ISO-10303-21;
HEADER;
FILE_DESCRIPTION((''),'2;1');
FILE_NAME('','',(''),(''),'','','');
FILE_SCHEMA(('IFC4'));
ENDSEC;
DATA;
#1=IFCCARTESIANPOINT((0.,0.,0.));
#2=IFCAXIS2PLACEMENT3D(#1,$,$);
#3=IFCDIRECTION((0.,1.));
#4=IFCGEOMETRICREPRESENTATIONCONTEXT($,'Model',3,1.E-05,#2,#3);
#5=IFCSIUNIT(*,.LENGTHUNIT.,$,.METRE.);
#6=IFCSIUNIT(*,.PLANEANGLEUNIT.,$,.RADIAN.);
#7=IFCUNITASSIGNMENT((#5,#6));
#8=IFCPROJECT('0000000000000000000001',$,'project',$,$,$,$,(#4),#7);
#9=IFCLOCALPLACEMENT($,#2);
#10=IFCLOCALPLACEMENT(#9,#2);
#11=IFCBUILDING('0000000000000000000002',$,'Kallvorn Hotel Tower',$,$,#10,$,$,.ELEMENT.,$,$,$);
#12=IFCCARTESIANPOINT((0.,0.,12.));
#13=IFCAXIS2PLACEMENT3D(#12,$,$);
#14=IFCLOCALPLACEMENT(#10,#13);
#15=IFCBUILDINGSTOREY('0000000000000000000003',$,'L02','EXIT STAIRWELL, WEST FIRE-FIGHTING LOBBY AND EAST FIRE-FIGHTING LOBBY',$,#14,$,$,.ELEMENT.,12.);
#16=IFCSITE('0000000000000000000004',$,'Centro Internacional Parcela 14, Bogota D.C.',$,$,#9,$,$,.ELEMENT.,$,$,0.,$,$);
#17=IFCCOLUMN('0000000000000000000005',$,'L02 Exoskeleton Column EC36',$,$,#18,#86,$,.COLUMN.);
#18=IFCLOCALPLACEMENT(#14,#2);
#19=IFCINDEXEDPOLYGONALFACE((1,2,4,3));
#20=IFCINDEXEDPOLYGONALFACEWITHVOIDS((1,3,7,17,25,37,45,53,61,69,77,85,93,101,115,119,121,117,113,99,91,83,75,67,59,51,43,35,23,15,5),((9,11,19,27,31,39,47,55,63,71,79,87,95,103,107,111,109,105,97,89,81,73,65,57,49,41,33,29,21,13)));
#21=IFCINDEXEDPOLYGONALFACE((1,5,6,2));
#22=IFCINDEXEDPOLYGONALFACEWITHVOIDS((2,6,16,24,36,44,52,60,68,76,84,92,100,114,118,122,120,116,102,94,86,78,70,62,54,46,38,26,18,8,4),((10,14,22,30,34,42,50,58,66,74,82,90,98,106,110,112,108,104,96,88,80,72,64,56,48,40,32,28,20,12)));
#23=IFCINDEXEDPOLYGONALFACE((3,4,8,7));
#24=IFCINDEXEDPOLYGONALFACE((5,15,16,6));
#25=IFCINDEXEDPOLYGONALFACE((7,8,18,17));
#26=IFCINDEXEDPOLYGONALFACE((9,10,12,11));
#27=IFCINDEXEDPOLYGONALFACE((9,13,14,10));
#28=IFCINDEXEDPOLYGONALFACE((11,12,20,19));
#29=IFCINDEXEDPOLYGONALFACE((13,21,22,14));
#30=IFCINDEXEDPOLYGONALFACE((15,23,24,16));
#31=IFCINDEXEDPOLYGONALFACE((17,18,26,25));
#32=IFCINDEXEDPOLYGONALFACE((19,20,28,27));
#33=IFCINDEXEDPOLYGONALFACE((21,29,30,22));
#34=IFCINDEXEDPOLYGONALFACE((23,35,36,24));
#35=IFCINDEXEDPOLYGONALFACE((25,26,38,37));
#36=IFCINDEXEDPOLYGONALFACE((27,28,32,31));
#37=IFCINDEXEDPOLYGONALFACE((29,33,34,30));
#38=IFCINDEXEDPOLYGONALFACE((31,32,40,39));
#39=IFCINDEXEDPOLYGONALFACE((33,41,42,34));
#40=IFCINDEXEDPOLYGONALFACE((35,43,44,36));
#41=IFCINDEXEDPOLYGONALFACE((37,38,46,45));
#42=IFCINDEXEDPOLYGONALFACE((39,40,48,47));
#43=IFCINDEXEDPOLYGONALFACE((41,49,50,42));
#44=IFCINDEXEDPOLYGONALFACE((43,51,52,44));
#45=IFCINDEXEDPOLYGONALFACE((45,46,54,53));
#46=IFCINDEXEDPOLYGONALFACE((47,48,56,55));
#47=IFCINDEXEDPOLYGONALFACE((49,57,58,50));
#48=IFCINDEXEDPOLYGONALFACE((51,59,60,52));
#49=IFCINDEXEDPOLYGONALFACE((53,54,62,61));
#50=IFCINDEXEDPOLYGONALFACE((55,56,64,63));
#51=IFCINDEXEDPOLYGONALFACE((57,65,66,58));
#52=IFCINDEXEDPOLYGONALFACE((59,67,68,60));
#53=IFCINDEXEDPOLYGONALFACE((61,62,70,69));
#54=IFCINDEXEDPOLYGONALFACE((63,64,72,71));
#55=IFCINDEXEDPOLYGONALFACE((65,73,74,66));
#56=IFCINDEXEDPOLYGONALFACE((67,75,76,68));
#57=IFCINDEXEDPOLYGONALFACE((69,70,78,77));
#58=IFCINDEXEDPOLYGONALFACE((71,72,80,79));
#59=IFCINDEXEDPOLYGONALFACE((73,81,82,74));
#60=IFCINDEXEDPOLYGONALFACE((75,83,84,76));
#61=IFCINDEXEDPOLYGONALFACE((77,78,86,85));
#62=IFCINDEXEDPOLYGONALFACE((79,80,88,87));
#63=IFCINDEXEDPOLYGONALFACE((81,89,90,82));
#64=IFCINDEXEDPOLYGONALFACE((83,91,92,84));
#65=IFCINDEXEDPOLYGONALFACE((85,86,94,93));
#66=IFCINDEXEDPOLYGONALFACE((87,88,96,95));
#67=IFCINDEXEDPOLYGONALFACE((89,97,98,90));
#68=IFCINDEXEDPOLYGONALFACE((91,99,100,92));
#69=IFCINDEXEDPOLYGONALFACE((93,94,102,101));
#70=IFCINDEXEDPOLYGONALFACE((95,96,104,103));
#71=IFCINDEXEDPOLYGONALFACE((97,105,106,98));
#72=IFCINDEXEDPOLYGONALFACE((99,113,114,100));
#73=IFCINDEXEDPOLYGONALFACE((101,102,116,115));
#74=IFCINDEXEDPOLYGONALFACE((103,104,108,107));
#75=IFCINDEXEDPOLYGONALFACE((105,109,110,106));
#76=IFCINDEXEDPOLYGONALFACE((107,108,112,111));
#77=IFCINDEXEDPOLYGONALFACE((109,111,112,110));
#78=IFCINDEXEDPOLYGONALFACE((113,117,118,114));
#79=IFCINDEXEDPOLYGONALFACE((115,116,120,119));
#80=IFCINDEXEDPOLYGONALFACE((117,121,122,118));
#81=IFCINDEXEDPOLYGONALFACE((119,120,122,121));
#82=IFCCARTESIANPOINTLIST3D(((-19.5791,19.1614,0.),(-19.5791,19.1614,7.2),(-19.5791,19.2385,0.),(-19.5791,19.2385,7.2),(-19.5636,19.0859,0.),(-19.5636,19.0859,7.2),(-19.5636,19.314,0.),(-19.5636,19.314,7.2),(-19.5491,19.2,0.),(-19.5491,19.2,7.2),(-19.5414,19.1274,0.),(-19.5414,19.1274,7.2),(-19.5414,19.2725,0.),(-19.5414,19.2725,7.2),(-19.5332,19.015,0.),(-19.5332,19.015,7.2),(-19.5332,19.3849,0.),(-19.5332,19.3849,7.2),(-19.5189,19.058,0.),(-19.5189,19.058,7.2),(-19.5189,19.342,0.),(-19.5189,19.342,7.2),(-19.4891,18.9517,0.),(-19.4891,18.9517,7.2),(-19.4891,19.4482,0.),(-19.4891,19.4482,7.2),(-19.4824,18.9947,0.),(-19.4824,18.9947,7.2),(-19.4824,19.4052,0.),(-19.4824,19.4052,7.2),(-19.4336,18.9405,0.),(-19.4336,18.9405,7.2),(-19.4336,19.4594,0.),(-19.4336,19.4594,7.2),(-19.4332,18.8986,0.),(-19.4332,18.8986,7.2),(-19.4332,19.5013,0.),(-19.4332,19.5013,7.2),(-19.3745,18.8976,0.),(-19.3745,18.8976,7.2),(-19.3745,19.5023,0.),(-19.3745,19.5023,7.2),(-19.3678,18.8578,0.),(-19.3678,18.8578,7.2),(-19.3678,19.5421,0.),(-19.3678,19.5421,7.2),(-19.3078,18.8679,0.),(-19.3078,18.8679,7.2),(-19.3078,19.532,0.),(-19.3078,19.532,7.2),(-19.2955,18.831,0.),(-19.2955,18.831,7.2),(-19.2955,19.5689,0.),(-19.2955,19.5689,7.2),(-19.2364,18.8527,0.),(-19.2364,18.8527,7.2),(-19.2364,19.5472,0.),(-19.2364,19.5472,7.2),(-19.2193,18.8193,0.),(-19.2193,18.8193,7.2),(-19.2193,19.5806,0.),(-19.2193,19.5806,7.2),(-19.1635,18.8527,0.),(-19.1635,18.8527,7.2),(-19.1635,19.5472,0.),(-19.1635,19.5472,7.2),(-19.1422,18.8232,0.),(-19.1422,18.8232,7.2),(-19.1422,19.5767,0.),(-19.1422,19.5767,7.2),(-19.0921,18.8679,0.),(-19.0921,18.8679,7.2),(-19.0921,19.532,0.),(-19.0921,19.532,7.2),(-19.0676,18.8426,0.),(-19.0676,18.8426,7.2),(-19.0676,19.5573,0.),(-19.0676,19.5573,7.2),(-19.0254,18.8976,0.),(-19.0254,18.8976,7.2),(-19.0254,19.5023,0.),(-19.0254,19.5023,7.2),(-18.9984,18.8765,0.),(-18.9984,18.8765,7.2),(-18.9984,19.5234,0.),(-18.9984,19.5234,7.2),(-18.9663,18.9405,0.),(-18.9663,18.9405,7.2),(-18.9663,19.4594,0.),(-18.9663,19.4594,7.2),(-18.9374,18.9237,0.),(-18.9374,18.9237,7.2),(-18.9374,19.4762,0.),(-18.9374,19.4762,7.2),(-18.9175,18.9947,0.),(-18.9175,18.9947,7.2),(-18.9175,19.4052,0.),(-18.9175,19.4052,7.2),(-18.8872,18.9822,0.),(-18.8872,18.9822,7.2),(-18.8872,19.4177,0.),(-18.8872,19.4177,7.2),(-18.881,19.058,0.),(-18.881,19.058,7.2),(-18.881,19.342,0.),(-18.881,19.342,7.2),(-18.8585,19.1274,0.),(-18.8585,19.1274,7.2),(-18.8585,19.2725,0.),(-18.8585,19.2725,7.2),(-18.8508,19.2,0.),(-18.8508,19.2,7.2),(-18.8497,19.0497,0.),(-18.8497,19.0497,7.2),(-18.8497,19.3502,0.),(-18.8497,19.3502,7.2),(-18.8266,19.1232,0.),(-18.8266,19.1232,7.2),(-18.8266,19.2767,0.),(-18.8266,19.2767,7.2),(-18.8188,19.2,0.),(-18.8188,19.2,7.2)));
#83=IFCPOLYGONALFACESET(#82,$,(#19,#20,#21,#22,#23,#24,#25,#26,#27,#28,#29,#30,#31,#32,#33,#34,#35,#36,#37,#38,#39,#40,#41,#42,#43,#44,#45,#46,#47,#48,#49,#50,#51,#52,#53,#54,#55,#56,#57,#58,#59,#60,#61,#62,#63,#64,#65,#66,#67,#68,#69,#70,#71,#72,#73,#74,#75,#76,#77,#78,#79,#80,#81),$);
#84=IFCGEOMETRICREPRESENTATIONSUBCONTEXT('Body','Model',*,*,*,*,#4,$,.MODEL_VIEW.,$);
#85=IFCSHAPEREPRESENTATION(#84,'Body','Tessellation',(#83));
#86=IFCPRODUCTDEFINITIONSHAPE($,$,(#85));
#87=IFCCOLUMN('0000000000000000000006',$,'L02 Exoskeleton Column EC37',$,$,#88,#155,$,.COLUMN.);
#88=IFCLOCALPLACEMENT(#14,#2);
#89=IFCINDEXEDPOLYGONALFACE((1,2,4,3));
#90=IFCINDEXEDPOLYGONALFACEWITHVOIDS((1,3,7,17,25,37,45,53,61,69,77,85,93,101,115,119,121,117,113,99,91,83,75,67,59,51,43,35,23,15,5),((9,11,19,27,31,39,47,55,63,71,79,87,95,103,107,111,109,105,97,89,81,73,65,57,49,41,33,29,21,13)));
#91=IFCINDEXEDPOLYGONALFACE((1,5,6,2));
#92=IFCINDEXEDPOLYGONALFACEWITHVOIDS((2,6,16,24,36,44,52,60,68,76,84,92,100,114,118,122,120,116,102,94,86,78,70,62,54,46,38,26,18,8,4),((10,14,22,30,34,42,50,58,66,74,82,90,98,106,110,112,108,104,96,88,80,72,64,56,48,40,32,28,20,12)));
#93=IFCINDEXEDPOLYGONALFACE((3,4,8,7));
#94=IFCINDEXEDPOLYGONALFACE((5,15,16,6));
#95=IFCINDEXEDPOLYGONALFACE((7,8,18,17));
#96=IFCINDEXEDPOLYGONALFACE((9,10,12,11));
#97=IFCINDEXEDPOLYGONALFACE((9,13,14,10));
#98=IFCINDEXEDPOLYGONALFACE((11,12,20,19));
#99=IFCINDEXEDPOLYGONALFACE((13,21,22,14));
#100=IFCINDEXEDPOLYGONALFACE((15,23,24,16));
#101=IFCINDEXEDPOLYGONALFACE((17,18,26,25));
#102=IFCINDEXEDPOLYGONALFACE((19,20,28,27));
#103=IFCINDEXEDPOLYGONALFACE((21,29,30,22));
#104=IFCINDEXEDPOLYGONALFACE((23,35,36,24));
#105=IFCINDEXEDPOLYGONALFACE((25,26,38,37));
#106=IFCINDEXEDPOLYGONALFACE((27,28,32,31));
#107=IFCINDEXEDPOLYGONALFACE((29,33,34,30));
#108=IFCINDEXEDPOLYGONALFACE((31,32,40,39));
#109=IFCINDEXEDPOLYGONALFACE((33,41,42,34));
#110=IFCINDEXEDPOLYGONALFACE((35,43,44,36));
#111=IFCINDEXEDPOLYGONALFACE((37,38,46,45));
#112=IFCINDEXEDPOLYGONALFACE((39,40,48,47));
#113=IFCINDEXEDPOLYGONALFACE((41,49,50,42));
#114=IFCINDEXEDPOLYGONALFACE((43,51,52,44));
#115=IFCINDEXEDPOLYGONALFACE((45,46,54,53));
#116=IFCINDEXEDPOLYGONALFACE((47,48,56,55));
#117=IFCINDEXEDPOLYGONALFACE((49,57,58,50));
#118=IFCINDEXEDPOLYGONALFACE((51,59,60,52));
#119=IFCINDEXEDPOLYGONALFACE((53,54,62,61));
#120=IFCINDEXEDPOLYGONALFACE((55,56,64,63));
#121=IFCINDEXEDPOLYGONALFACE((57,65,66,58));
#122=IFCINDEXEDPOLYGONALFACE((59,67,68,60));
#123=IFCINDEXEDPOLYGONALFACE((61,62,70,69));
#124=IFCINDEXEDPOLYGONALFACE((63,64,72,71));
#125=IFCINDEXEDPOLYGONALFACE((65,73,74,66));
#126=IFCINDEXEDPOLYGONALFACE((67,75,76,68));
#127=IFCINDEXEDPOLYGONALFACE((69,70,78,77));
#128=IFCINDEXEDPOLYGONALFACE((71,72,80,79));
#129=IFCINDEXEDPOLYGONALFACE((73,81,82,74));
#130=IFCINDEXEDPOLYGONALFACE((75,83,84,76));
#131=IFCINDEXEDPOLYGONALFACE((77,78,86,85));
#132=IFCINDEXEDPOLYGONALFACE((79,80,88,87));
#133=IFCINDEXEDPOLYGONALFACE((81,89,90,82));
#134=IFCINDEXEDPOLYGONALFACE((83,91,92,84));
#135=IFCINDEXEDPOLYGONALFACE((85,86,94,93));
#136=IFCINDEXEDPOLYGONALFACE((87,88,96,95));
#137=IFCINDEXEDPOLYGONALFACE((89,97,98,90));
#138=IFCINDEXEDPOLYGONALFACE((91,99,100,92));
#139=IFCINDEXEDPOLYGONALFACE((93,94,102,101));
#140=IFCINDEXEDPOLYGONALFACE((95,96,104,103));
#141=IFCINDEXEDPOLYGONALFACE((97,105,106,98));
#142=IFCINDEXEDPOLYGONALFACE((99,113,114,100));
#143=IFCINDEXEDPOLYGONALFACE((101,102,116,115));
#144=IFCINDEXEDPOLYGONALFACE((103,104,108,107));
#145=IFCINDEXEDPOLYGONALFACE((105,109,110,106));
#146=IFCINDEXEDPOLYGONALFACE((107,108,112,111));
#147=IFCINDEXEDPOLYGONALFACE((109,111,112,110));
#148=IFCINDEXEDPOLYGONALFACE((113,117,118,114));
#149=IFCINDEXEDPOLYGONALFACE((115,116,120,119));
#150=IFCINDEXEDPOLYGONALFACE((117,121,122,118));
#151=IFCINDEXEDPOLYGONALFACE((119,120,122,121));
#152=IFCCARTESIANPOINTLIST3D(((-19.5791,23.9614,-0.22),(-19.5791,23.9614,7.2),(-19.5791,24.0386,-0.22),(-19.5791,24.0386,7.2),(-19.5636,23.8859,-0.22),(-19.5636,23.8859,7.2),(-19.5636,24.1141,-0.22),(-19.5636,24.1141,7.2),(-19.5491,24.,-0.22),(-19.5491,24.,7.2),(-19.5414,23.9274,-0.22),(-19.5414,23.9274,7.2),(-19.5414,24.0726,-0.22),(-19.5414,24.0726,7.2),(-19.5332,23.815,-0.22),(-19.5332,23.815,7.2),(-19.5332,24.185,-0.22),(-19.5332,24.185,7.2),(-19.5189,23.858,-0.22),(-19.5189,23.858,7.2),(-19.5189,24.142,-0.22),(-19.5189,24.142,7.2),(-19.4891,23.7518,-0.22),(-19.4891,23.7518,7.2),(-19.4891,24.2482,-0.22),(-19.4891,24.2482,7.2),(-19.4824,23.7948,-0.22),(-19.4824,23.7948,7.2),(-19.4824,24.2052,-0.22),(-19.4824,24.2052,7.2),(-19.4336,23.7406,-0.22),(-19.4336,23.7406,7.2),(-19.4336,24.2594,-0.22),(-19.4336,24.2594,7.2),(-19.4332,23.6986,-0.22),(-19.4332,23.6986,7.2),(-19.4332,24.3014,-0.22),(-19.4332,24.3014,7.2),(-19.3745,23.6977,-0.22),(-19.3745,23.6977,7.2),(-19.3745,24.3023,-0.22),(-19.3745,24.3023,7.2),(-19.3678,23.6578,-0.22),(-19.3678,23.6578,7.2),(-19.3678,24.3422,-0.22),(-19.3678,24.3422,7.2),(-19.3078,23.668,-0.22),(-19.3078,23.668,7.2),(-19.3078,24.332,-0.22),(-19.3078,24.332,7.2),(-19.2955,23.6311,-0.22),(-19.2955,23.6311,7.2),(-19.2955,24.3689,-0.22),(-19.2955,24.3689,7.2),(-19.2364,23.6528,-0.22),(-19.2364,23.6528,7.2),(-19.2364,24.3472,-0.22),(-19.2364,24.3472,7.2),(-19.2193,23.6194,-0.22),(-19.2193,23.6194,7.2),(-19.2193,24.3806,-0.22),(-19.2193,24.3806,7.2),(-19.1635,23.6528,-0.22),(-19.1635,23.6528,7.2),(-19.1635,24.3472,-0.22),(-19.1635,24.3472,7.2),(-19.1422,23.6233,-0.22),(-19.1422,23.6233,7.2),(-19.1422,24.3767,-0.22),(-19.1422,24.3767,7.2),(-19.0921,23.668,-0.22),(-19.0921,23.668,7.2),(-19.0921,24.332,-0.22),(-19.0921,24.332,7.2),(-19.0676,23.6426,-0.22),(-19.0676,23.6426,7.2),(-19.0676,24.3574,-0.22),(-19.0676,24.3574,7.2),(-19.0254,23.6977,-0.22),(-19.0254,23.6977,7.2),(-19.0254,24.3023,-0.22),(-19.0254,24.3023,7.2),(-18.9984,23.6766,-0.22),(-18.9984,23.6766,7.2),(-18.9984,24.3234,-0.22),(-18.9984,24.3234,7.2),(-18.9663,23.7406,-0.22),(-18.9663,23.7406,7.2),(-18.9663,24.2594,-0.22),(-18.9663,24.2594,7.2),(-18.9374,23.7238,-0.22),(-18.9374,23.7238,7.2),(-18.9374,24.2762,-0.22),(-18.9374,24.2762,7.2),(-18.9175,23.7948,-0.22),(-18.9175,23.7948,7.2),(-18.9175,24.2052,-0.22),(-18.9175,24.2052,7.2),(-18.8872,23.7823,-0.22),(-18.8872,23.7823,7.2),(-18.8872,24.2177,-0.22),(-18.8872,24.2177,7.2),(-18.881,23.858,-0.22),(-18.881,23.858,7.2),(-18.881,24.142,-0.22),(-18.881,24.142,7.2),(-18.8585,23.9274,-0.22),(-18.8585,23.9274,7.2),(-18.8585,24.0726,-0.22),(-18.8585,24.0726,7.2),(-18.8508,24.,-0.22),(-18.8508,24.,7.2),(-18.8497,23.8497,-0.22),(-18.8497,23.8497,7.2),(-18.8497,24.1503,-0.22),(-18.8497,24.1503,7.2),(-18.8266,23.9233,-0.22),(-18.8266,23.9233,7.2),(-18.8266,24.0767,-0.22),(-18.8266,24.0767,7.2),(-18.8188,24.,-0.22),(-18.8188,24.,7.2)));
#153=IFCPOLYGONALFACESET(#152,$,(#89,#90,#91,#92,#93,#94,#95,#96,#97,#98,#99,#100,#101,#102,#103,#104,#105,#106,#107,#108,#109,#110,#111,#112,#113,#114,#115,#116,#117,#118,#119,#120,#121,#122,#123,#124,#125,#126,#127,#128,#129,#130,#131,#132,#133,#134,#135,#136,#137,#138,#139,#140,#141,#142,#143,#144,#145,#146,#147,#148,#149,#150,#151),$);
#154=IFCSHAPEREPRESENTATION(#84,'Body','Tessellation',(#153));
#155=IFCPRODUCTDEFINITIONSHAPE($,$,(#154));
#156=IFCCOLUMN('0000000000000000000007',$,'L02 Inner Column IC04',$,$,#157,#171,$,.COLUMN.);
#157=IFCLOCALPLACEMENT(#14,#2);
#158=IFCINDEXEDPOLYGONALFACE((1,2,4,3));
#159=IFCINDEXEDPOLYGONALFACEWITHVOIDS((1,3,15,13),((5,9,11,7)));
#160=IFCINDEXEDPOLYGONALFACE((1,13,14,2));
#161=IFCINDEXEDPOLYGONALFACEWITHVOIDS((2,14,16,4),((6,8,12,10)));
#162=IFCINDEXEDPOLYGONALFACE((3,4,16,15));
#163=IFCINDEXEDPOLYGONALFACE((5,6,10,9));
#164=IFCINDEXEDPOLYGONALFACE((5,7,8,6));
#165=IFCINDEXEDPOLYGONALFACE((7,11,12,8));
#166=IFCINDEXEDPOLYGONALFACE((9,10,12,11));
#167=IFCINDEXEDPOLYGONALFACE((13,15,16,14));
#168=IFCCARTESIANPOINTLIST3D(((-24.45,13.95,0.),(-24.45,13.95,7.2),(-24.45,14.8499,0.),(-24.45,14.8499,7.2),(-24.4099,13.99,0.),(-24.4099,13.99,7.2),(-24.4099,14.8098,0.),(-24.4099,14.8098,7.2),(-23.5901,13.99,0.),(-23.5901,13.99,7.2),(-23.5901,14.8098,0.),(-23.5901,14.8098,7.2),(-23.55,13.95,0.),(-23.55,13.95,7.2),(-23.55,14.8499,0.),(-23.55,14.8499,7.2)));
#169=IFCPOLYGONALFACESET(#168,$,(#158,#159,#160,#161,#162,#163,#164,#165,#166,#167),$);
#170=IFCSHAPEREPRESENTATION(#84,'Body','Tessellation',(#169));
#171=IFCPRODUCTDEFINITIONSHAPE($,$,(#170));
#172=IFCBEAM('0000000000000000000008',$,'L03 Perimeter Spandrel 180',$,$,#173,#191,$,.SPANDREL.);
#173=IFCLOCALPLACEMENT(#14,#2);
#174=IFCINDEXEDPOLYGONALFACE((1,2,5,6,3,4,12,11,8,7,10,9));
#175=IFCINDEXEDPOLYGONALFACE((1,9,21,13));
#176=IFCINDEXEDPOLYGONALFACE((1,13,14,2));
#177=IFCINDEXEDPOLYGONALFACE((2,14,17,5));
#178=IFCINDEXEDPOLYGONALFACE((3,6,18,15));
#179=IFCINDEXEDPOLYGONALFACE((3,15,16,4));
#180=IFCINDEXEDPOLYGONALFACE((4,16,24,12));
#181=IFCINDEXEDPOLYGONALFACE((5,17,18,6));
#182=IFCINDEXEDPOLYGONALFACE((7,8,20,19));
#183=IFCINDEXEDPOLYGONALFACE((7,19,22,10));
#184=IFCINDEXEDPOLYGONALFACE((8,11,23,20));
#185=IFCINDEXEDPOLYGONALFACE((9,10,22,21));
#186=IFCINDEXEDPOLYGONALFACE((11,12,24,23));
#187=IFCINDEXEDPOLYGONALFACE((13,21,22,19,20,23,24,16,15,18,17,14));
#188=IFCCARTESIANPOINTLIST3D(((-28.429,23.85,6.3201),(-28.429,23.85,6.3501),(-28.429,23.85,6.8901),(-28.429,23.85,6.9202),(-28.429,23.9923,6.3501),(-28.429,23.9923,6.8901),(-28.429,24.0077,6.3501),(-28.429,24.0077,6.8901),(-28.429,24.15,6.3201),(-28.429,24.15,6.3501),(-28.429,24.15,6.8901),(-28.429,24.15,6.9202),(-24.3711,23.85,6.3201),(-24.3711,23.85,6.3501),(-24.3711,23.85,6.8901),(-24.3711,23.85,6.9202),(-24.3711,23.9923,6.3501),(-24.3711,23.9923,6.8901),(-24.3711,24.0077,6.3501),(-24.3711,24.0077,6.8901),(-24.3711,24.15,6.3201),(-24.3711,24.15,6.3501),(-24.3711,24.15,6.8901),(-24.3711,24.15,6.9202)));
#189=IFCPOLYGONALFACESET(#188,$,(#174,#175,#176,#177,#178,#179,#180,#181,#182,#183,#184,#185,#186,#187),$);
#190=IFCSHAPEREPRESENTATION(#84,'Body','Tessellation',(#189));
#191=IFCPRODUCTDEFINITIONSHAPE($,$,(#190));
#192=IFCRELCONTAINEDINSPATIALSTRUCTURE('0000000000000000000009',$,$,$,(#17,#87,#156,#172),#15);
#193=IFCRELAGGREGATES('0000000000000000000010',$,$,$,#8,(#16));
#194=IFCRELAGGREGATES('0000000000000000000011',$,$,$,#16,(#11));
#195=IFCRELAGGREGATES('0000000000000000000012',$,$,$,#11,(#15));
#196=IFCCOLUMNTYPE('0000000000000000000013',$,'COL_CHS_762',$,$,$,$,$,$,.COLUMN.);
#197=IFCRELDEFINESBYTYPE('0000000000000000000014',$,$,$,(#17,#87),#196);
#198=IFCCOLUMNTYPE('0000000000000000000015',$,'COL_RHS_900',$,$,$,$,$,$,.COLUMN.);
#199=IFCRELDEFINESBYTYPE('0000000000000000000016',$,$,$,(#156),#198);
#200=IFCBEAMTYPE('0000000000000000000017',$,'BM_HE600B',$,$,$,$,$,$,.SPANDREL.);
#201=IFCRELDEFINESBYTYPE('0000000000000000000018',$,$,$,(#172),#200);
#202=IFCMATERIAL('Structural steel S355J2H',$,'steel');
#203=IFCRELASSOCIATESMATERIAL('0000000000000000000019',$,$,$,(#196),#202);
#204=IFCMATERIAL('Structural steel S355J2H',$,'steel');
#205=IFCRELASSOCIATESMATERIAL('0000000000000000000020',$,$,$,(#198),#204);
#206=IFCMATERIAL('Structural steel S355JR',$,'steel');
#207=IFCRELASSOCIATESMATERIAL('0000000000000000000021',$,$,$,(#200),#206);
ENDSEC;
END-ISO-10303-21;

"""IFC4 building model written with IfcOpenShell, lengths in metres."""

from ifc_helpers import new_model, si_unit, direction, frame, origin, origin_2d, place, context, subcontext, project, spatial, hollow_rectangle, hollow_circle, i_section, extrude, material, material_profile, profile_set, type_object, element, save


model = new_model("IFC4")

# Units and contexts
model_context = context("Model", 3, precision=1e-05, world=origin(), true_north=direction((0.0, 1.0)))
body_context = subcontext(model_context, "Body", "Model", "MODEL_VIEW")
ifc_project = project(units=[si_unit("LENGTHUNIT", "METRE"), si_unit("PLANEANGLEUNIT", "RADIAN")], contexts=[model_context])

# Site, building, storey
site_placement = place(None, origin())
site = spatial("IfcSite", under=ifc_project, at=site_placement, Name="Centro Internacional Parcela 14, Bogota D.C.", CompositionType="ELEMENT", RefElevation=0.0)
building_placement = place(site_placement, origin())
building = spatial("IfcBuilding", under=site, at=building_placement, Name="Kallvorn Hotel Tower", CompositionType="ELEMENT")
storey_placement = place(building_placement, frame((0.0, 0.0, 12.0)))
storey = spatial("IfcBuildingStorey", under=building, at=storey_placement, Name="L02", Description="EXIT STAIRWELL, WEST FIRE-FIGHTING LOBBY AND EAST FIRE-FIGHTING LOBBY", CompositionType="ELEMENT", Elevation=12.0)

# Columns
ifc_material_1 = material(Name="Structural steel S355J2H", Category="steel")
ifc_material_profile_1 = material_profile(ifc_material_1, hollow_circle(Radius=0.3811, WallThickness=0.032, at=origin_2d()), Name="CHS 762x32")
ifc_profile_set_1 = profile_set([ifc_material_profile_1], Name="Structural steel S355J2H")
column_type_1 = type_object("IfcColumnType", Name="COL_CHS_762", PredefinedType="COLUMN", material=ifc_profile_set_1)
for number, where, z_axis, x_axis, name in (
    (1, (-19.2, 19.2, 0.0), (0.0, 0.0, 1.0), (1.0, 0.0, 0.0), "L02 Exoskeleton Column EC36"),
):
    element("IfcColumn", number, at=place(storey_placement, frame(where, z_axis=z_axis, x_axis=x_axis)), inside=storey, type_object=column_type_1, Name=name, PredefinedType="COLUMN", context=body_context, shape_type="SweptSolid", body=[
        extrude(hollow_circle(Radius=0.3811, WallThickness=0.032, at=origin_2d()), origin(), (0.0, 0.0, 1.0), 7.2),
    ])
column_1_placement = place(storey_placement, frame((-19.2, 24.0, -0.22), z_axis=(0.0, 0.0, 1.0), x_axis=(1.0, 0.0, 0.0)))
element("IfcColumn", 2, at=column_1_placement, inside=storey, type_object=column_type_1, Name="L02 Exoskeleton Column EC37", PredefinedType="COLUMN", context=body_context, shape_type="SweptSolid", body=[
    extrude(hollow_circle(Radius=0.3811, WallThickness=0.032, at=origin_2d()), origin(), (0.0, 0.0, 1.0), 7.4199),
])
ifc_material_2 = material(Name="Structural steel S355J2H", Category="steel")
ifc_material_profile_2 = material_profile(ifc_material_2, hollow_rectangle(XDim=0.8999, YDim=0.8999, WallThickness=0.04, at=origin_2d()), Name="RHS 900x900x40")
ifc_profile_set_2 = profile_set([ifc_material_profile_2], Name="Structural steel S355J2H")
column_type_2 = type_object("IfcColumnType", Name="COL_RHS_900", PredefinedType="COLUMN", material=ifc_profile_set_2)
column_2_placement = place(storey_placement, frame((-24.0, 14.3999, 0.0), z_axis=(0.0, 0.0, 1.0), x_axis=(1.0, 0.0, 0.0)))
element("IfcColumn", 3, at=column_2_placement, inside=storey, type_object=column_type_2, Name="L02 Inner Column IC04", PredefinedType="COLUMN", context=body_context, shape_type="SweptSolid", body=[
    extrude(hollow_rectangle(XDim=0.8999, YDim=0.8999, WallThickness=0.04, at=origin_2d()), origin(), (0.0, 0.0, 1.0), 7.2),
])

# Beam
ifc_material_3 = material(Name="Structural steel S355JR", Category="steel")
ifc_material_profile_3 = material_profile(ifc_material_3, i_section(OverallWidth=0.3, OverallDepth=0.6001, WebThickness=0.0154, FlangeThickness=0.03, at=origin_2d()), Name="HE 600 B")
ifc_profile_set_3 = profile_set([ifc_material_profile_3], Name="Structural steel S355JR")
beam_type_1 = type_object("IfcBeamType", Name="BM_HE600B", PredefinedType="SPANDREL", material=ifc_profile_set_3)
for number, where, z_axis, x_axis, name in (
    (4, (-28.429, 24.0, 6.6201), (1.0, 0.0, 0.0), (0.0, 1.0, 0.0), "L03 Perimeter Spandrel 180"),
):
    element("IfcBeam", number, at=place(storey_placement, frame(where, z_axis=z_axis, x_axis=x_axis)), inside=storey, type_object=beam_type_1, Name=name, PredefinedType="SPANDREL", context=body_context, shape_type="SweptSolid", body=[
        extrude(i_section(OverallWidth=0.3, OverallDepth=0.6001, WebThickness=0.0154, FlangeThickness=0.03, at=origin_2d()), origin(), (0.0, 0.0, 1.0), 4.0579),
    ])

save(model, "model.ifc")
